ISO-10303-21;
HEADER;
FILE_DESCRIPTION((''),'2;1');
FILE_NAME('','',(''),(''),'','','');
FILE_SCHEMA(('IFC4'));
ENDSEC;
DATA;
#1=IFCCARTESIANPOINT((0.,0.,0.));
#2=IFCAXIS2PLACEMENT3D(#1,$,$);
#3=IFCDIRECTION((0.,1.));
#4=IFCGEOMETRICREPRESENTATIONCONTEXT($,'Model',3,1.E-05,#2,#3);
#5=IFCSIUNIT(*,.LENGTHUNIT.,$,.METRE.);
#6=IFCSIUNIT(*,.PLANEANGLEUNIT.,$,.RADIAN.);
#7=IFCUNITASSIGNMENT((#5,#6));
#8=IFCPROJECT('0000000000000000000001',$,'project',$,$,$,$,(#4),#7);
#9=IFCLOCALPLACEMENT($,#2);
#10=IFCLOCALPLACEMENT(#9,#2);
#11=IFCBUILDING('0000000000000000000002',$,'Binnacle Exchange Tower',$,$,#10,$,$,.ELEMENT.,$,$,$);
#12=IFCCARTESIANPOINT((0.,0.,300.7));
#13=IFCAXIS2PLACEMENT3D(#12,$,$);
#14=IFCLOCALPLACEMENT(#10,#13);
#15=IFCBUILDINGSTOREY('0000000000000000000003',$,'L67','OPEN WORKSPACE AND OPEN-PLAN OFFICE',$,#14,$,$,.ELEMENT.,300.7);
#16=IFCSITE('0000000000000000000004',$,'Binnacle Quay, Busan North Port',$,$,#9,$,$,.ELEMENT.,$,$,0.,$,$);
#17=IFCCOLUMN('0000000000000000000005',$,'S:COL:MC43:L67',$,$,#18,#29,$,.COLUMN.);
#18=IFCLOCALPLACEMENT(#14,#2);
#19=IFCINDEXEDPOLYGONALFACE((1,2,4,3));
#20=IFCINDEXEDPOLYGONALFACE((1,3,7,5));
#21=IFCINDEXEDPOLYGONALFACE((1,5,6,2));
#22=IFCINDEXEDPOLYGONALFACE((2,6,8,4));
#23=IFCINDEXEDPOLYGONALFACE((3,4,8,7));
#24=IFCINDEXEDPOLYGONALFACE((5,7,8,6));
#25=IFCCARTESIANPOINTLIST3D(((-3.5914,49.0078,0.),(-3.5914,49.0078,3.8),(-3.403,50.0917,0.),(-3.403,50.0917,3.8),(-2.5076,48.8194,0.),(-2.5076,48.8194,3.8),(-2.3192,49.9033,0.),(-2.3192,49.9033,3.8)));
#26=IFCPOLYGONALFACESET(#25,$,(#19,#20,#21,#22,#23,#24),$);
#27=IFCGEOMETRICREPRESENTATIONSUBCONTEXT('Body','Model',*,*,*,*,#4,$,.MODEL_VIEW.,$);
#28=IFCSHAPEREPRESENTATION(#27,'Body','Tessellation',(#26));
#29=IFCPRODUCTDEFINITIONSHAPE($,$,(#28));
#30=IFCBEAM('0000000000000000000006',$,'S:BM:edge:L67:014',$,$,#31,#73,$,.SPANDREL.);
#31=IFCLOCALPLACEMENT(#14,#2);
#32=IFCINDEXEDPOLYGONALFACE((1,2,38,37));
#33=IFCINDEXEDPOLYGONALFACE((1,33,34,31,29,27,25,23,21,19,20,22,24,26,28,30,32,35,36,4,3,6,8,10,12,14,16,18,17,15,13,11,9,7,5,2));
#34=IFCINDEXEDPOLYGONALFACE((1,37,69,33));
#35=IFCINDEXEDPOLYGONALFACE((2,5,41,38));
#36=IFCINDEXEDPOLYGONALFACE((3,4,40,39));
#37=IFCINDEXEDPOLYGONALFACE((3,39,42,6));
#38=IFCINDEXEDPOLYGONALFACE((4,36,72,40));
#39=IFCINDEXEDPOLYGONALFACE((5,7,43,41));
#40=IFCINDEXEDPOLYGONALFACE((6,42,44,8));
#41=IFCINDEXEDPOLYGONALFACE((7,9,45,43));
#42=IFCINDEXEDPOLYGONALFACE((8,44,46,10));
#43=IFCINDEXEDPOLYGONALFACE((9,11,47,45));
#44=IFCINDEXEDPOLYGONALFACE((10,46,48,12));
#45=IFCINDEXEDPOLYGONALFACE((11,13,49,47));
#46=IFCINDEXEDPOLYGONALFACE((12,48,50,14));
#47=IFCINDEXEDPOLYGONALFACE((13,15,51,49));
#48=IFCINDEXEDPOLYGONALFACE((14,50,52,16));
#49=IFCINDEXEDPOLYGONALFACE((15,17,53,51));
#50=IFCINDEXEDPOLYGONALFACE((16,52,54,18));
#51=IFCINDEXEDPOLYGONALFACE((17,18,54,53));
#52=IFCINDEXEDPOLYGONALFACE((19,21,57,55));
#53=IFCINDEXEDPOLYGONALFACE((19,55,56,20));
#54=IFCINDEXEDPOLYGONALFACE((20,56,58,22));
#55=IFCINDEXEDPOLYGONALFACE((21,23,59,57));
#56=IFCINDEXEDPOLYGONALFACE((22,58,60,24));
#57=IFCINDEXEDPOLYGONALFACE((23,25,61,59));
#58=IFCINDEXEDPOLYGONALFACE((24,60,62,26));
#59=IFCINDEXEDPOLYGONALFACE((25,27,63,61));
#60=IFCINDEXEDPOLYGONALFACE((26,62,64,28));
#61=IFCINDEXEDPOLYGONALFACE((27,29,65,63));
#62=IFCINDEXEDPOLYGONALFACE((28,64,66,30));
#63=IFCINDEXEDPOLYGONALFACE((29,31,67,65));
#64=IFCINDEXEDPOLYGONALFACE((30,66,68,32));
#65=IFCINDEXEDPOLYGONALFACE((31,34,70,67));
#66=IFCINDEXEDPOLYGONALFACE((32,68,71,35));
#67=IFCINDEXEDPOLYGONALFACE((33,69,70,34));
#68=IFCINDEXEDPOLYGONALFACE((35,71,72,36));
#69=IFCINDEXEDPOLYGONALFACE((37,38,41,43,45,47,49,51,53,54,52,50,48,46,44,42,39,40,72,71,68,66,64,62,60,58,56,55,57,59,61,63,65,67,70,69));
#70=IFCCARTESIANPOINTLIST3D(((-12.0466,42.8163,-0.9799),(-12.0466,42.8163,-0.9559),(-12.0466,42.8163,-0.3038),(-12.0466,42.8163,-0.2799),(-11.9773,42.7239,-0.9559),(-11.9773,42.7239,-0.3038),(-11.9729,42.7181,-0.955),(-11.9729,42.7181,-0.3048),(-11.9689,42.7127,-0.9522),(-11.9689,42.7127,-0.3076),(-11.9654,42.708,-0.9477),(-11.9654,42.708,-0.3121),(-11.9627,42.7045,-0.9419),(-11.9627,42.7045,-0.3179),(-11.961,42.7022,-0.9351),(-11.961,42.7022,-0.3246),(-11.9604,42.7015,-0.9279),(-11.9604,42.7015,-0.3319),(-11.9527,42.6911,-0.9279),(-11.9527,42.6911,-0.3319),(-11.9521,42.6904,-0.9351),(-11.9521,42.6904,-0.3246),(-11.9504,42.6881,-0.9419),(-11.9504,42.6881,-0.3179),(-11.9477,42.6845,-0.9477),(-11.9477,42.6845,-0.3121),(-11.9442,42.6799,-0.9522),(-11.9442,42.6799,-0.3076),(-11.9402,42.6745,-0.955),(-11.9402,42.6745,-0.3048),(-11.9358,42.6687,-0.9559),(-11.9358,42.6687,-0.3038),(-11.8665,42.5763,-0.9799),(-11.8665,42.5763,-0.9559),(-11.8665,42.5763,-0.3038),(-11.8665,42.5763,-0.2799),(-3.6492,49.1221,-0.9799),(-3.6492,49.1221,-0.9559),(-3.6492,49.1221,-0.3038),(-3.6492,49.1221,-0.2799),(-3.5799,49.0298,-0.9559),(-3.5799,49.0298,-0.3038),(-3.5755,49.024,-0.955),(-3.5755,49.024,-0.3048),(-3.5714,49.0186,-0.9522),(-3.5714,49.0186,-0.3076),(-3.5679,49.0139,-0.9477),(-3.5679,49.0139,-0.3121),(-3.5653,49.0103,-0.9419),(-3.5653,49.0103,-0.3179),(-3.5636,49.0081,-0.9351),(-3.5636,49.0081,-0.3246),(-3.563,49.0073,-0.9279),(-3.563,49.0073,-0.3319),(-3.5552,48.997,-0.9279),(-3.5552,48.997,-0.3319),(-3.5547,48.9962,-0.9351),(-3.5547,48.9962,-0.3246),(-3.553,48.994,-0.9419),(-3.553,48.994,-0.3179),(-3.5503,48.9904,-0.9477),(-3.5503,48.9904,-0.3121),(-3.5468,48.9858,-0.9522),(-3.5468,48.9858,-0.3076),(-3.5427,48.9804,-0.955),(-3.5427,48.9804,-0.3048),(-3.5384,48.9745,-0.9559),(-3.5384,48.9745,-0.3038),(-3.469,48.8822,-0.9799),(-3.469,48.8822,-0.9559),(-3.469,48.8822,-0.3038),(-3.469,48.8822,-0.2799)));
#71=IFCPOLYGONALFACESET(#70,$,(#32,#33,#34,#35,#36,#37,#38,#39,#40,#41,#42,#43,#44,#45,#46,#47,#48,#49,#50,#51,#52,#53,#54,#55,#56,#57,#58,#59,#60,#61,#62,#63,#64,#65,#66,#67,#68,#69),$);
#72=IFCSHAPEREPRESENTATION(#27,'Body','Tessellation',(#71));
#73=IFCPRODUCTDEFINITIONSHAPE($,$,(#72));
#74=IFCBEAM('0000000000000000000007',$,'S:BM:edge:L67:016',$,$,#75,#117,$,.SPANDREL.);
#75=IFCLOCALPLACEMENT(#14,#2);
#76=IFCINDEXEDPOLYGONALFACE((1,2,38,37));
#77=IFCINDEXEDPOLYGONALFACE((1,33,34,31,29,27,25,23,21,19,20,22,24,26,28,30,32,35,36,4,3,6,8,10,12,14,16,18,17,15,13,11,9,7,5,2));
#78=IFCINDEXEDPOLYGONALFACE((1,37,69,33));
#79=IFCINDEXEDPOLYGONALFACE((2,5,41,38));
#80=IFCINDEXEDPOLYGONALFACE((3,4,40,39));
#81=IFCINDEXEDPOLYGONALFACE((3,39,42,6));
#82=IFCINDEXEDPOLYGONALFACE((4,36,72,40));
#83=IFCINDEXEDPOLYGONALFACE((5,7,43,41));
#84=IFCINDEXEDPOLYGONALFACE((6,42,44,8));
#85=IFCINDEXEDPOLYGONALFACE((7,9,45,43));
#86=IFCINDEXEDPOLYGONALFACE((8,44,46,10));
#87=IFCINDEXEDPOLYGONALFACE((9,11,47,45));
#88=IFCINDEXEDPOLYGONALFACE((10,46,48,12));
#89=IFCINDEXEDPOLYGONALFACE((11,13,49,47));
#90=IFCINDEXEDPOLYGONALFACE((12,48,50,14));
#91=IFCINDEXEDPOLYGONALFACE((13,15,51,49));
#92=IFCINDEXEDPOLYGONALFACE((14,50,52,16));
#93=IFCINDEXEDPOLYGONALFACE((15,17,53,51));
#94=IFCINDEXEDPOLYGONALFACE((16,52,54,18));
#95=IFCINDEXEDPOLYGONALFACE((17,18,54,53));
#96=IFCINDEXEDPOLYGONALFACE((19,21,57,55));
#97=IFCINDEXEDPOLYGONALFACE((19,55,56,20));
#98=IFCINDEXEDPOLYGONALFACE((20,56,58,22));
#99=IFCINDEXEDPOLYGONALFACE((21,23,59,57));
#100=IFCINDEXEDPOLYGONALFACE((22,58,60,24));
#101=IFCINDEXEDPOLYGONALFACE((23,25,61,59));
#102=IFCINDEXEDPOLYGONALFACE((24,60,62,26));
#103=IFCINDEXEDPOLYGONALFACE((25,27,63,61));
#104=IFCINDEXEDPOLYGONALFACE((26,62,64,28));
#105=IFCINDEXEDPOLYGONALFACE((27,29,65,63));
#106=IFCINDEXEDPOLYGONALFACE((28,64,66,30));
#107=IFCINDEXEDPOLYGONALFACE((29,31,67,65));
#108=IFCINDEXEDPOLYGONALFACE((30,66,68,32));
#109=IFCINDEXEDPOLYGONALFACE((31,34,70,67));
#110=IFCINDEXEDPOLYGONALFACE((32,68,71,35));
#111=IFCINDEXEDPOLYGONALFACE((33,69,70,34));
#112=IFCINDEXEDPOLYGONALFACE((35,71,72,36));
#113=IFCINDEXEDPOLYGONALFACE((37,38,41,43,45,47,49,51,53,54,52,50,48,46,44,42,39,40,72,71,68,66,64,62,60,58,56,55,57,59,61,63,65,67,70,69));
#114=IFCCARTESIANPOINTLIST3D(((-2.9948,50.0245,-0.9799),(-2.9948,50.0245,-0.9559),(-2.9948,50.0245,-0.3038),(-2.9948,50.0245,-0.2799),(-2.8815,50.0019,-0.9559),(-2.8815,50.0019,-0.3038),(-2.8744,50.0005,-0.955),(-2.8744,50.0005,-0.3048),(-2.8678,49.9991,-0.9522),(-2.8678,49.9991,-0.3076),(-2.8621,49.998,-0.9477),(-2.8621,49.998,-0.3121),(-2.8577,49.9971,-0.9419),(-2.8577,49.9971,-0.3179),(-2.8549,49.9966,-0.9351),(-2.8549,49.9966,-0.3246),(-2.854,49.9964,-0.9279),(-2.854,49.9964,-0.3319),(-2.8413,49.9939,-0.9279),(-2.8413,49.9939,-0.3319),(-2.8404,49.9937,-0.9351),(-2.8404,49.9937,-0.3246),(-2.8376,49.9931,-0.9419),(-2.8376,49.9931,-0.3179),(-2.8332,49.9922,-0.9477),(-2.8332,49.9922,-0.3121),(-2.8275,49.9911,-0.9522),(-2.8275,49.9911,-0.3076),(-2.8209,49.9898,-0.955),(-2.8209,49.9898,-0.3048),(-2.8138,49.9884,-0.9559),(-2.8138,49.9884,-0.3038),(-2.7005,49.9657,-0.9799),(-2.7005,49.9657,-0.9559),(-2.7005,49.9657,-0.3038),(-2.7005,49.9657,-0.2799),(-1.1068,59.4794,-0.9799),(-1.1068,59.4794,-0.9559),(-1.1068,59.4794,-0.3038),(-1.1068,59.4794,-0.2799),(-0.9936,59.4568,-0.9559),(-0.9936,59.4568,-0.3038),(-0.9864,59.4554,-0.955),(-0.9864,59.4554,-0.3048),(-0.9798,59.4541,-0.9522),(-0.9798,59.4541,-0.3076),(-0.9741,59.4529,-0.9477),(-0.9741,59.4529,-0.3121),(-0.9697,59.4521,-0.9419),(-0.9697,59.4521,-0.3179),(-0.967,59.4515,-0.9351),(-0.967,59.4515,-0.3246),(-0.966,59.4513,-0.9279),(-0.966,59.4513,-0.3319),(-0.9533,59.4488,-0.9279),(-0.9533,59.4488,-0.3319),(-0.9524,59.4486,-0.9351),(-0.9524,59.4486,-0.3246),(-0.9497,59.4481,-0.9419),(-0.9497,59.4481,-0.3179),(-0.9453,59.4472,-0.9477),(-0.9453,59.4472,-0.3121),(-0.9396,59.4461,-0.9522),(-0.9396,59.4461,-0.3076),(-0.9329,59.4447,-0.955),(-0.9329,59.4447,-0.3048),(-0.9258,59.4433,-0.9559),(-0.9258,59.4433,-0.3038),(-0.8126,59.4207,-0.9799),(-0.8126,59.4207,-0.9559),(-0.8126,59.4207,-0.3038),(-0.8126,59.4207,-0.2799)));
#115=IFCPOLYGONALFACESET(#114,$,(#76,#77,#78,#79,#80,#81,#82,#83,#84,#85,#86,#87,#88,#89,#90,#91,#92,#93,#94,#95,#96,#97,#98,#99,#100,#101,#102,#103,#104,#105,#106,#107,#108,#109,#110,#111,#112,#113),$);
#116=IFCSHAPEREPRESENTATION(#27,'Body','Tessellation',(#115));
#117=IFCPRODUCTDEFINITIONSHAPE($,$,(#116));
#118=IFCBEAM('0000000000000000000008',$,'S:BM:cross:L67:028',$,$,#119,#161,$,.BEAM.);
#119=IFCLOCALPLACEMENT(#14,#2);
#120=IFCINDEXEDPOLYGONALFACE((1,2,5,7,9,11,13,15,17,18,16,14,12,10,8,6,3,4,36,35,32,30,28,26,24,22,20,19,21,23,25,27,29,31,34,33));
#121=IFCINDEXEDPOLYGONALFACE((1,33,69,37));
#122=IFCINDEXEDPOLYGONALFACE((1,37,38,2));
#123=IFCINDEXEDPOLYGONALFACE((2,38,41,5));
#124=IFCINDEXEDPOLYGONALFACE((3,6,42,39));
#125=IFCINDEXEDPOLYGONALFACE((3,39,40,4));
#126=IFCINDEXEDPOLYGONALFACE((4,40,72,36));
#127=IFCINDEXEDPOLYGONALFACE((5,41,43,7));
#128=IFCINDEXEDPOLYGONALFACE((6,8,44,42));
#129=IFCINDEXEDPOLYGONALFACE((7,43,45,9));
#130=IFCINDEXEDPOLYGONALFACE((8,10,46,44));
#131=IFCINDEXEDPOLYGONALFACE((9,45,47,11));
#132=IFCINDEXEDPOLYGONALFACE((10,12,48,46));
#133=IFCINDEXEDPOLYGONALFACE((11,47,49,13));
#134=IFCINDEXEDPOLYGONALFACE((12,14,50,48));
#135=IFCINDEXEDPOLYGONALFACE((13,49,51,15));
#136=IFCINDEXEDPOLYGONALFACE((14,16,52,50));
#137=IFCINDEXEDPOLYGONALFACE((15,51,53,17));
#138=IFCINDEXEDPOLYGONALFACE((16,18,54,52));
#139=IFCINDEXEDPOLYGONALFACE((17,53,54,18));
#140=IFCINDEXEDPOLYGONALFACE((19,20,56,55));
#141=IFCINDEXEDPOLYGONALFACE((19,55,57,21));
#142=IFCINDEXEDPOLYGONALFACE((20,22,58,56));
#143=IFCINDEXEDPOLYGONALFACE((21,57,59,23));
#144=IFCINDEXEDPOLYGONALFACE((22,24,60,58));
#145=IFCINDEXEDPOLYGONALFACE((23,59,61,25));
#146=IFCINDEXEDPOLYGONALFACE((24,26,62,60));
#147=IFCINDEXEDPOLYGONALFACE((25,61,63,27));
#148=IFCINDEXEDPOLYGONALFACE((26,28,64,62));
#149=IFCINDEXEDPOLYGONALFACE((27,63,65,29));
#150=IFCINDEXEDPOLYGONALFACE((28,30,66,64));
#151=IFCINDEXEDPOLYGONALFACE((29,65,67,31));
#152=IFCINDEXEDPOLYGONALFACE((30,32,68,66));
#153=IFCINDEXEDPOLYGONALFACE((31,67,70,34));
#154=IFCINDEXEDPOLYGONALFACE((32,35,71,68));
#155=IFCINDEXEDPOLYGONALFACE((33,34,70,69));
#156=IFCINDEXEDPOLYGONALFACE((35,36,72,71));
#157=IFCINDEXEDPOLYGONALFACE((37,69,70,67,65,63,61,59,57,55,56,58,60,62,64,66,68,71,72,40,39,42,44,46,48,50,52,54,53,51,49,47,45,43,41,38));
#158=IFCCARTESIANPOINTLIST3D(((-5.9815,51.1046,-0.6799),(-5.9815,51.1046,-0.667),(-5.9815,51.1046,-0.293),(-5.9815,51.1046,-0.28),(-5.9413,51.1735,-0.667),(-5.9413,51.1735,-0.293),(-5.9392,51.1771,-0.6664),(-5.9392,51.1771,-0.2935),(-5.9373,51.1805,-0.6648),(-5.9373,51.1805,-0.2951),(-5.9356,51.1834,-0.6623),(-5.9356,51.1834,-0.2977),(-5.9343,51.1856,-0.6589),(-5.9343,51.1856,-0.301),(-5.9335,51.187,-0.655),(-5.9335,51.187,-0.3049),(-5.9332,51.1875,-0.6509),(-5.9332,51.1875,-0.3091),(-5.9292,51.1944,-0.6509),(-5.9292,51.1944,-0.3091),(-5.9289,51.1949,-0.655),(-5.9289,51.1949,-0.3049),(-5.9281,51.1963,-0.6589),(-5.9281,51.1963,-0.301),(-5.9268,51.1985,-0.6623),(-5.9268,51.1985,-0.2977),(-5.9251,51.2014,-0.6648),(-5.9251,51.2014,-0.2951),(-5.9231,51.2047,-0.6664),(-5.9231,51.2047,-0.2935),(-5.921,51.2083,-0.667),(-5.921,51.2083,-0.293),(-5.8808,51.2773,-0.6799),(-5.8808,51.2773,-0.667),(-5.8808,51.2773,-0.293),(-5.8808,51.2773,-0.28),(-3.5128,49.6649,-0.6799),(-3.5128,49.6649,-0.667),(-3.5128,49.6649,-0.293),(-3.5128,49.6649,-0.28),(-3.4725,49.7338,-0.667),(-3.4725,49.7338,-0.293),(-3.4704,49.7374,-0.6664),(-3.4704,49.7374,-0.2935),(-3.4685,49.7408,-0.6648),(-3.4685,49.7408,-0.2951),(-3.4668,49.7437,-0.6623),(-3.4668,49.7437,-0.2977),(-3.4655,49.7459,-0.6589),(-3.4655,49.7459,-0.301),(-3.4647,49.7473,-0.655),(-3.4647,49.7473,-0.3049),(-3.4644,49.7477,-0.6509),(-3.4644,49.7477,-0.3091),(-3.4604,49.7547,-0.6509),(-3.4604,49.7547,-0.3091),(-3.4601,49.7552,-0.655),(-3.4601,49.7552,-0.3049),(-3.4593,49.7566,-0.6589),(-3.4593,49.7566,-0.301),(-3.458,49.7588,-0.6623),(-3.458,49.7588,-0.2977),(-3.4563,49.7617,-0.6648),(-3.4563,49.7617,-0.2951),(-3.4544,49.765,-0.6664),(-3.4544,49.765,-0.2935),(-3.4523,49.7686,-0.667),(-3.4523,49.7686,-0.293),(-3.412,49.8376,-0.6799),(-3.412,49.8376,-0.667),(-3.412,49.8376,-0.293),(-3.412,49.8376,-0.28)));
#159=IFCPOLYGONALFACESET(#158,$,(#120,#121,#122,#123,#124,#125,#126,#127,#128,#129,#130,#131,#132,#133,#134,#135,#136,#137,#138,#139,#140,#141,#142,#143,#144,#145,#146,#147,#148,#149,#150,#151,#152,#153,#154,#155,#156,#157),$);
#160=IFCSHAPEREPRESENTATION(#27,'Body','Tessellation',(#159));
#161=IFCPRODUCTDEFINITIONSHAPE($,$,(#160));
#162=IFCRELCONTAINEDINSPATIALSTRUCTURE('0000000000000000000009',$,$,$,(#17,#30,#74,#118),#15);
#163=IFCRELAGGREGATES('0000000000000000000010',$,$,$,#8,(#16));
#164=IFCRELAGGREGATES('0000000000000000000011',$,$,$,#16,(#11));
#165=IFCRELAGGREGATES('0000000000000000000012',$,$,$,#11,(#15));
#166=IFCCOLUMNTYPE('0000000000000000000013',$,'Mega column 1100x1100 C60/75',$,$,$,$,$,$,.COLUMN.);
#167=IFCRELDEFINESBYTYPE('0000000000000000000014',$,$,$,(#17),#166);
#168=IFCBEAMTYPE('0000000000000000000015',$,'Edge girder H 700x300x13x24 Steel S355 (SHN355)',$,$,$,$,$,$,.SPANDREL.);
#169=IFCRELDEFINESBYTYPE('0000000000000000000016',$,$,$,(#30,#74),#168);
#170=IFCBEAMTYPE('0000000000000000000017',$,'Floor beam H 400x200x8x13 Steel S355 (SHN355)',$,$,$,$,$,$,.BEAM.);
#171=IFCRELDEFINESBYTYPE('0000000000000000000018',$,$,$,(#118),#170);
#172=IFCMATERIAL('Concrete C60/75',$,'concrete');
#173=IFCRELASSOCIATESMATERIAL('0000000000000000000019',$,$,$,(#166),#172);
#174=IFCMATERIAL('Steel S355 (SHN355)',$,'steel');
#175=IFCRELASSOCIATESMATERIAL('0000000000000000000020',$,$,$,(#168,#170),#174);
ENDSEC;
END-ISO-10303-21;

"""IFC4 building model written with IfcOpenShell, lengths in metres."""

from ifc_helpers import new_model, si_unit, direction, frame, origin, origin_2d, place, context, subcontext, project, spatial, rectangle, i_section, extrude, material, material_profile, profile_set, type_object, element, save


model = new_model("IFC4")

# Units and contexts
model_context = context("Model", 3, precision=1e-05, world=origin(), true_north=direction((0.0, 1.0)))
body_context = subcontext(model_context, "Body", "Model", "MODEL_VIEW")
ifc_project = project(units=[si_unit("LENGTHUNIT", "METRE"), si_unit("PLANEANGLEUNIT", "RADIAN")], contexts=[model_context])

# Site, building, storey
site_placement = place(None, origin())
site = spatial("IfcSite", under=ifc_project, at=site_placement, Name="Binnacle Quay, Busan North Port", CompositionType="ELEMENT", RefElevation=0.0)
building_placement = place(site_placement, origin())
building = spatial("IfcBuilding", under=site, at=building_placement, Name="Binnacle Exchange Tower", CompositionType="ELEMENT")
storey_placement = place(building_placement, frame((0.0, 0.0, 300.7)))
storey = spatial("IfcBuildingStorey", under=building, at=storey_placement, Name="L67", Description="OPEN WORKSPACE AND OPEN-PLAN OFFICE", CompositionType="ELEMENT", Elevation=300.7)

# Column
ifc_material_1 = material(Name="Concrete C60/75", Category="concrete")
ifc_material_profile_1 = material_profile(ifc_material_1, rectangle(XDim=1.1001, YDim=1.1001, at=origin_2d()), Name="Mega column 1100x1100 C60/75")
ifc_profile_set_1 = profile_set([ifc_material_profile_1], Name="Concrete C60/75")
column_type = type_object("IfcColumnType", Name="Mega column 1100x1100 C60/75", PredefinedType="COLUMN", material=ifc_profile_set_1)
column_placement = place(storey_placement, frame((-2.9553, 49.4556, 0.0), z_axis=(0.0, 0.0, 1.0), x_axis=(-0.985226, 0.171259, 0.0)))
element("IfcColumn", 1, at=column_placement, inside=storey, type_object=column_type, Name="S:COL:MC43:L67", PredefinedType="COLUMN", context=body_context, shape_type="SweptSolid", body=[
    extrude(rectangle(XDim=1.1001, YDim=1.1001, at=origin_2d()), origin(), (0.0, 0.0, 1.0), 3.8),
])

# Beams
ifc_material_2 = material(Name="Steel S355 (SHN355)", Category="steel")
ifc_material_profile_2 = material_profile(ifc_material_2, i_section(OverallWidth=0.3, OverallDepth=0.7, WebThickness=0.0129, FlangeThickness=0.0239, FilletRadius=0.0281, at=origin_2d()), Name="H 700x300x13x24")
ifc_profile_set_2 = profile_set([ifc_material_profile_2], Name="Steel S355 (SHN355)")
beam_type_1 = type_object("IfcBeamType", Name="Edge girder H 700x300x13x24 Steel S355 (SHN355)", PredefinedType="SPANDREL", material=ifc_profile_set_2)
beam_1_placement = place(storey_placement, frame((-11.9565, 42.6963, -0.6299), z_axis=(0.799643, 0.600476, 0.0), x_axis=(-0.600476, 0.799643, 0.0)))
element("IfcBeam", 2, at=beam_1_placement, inside=storey, type_object=beam_type_1, Name="S:BM:edge:L67:014", PredefinedType="SPANDREL", context=body_context, shape_type="SweptSolid", body=[
    extrude(i_section(OverallWidth=0.3, OverallDepth=0.7, WebThickness=0.0129, FlangeThickness=0.0239, FilletRadius=0.0281, at=origin_2d()), origin(), (0.0, 0.0, 1.0), 10.5015),
])
beam_2_placement = place(storey_placement, frame((-2.8477, 49.9951, -0.6299), z_axis=(0.195814, 0.980641, 0.0), x_axis=(-0.980641, 0.195814, 0.0)))
element("IfcBeam", 3, at=beam_2_placement, inside=storey, type_object=beam_type_1, Name="S:BM:edge:L67:016", PredefinedType="SPANDREL", context=body_context, shape_type="SweptSolid", body=[
    extrude(i_section(OverallWidth=0.3, OverallDepth=0.7, WebThickness=0.0129, FlangeThickness=0.0239, FilletRadius=0.0281, at=origin_2d()), origin(), (0.0, 0.0, 1.0), 9.6416),
])
ifc_material_profile_3 = material_profile(ifc_material_2, i_section(OverallWidth=0.2, OverallDepth=0.3999, WebThickness=0.0081, FlangeThickness=0.0129, FilletRadius=0.0161, at=origin_2d()), Name="H 400x200x8x13")
ifc_profile_set_3 = profile_set([ifc_material_profile_3], Name="Steel S355 (SHN355)")
beam_type_2 = type_object("IfcBeamType", Name="Floor beam H 400x200x8x13 Steel S355 (SHN355)", PredefinedType="BEAM", material=ifc_profile_set_3)
beam_3_placement = place(storey_placement, frame((-3.4624, 49.7512, -0.48), z_axis=(-0.863841, 0.503765, 0.0), x_axis=(-0.503765, -0.863841, 0.0)))
element("IfcBeam", 4, at=beam_3_placement, inside=storey, type_object=beam_type_2, Name="S:BM:cross:L67:028", PredefinedType="BEAM", context=body_context, shape_type="SweptSolid", body=[
    extrude(i_section(OverallWidth=0.2, OverallDepth=0.3999, WebThickness=0.0081, FlangeThickness=0.0129, FilletRadius=0.0161, at=origin_2d()), origin(), (0.0, 0.0, 1.0), 2.8579),
])

save(model, "model.ifc")
